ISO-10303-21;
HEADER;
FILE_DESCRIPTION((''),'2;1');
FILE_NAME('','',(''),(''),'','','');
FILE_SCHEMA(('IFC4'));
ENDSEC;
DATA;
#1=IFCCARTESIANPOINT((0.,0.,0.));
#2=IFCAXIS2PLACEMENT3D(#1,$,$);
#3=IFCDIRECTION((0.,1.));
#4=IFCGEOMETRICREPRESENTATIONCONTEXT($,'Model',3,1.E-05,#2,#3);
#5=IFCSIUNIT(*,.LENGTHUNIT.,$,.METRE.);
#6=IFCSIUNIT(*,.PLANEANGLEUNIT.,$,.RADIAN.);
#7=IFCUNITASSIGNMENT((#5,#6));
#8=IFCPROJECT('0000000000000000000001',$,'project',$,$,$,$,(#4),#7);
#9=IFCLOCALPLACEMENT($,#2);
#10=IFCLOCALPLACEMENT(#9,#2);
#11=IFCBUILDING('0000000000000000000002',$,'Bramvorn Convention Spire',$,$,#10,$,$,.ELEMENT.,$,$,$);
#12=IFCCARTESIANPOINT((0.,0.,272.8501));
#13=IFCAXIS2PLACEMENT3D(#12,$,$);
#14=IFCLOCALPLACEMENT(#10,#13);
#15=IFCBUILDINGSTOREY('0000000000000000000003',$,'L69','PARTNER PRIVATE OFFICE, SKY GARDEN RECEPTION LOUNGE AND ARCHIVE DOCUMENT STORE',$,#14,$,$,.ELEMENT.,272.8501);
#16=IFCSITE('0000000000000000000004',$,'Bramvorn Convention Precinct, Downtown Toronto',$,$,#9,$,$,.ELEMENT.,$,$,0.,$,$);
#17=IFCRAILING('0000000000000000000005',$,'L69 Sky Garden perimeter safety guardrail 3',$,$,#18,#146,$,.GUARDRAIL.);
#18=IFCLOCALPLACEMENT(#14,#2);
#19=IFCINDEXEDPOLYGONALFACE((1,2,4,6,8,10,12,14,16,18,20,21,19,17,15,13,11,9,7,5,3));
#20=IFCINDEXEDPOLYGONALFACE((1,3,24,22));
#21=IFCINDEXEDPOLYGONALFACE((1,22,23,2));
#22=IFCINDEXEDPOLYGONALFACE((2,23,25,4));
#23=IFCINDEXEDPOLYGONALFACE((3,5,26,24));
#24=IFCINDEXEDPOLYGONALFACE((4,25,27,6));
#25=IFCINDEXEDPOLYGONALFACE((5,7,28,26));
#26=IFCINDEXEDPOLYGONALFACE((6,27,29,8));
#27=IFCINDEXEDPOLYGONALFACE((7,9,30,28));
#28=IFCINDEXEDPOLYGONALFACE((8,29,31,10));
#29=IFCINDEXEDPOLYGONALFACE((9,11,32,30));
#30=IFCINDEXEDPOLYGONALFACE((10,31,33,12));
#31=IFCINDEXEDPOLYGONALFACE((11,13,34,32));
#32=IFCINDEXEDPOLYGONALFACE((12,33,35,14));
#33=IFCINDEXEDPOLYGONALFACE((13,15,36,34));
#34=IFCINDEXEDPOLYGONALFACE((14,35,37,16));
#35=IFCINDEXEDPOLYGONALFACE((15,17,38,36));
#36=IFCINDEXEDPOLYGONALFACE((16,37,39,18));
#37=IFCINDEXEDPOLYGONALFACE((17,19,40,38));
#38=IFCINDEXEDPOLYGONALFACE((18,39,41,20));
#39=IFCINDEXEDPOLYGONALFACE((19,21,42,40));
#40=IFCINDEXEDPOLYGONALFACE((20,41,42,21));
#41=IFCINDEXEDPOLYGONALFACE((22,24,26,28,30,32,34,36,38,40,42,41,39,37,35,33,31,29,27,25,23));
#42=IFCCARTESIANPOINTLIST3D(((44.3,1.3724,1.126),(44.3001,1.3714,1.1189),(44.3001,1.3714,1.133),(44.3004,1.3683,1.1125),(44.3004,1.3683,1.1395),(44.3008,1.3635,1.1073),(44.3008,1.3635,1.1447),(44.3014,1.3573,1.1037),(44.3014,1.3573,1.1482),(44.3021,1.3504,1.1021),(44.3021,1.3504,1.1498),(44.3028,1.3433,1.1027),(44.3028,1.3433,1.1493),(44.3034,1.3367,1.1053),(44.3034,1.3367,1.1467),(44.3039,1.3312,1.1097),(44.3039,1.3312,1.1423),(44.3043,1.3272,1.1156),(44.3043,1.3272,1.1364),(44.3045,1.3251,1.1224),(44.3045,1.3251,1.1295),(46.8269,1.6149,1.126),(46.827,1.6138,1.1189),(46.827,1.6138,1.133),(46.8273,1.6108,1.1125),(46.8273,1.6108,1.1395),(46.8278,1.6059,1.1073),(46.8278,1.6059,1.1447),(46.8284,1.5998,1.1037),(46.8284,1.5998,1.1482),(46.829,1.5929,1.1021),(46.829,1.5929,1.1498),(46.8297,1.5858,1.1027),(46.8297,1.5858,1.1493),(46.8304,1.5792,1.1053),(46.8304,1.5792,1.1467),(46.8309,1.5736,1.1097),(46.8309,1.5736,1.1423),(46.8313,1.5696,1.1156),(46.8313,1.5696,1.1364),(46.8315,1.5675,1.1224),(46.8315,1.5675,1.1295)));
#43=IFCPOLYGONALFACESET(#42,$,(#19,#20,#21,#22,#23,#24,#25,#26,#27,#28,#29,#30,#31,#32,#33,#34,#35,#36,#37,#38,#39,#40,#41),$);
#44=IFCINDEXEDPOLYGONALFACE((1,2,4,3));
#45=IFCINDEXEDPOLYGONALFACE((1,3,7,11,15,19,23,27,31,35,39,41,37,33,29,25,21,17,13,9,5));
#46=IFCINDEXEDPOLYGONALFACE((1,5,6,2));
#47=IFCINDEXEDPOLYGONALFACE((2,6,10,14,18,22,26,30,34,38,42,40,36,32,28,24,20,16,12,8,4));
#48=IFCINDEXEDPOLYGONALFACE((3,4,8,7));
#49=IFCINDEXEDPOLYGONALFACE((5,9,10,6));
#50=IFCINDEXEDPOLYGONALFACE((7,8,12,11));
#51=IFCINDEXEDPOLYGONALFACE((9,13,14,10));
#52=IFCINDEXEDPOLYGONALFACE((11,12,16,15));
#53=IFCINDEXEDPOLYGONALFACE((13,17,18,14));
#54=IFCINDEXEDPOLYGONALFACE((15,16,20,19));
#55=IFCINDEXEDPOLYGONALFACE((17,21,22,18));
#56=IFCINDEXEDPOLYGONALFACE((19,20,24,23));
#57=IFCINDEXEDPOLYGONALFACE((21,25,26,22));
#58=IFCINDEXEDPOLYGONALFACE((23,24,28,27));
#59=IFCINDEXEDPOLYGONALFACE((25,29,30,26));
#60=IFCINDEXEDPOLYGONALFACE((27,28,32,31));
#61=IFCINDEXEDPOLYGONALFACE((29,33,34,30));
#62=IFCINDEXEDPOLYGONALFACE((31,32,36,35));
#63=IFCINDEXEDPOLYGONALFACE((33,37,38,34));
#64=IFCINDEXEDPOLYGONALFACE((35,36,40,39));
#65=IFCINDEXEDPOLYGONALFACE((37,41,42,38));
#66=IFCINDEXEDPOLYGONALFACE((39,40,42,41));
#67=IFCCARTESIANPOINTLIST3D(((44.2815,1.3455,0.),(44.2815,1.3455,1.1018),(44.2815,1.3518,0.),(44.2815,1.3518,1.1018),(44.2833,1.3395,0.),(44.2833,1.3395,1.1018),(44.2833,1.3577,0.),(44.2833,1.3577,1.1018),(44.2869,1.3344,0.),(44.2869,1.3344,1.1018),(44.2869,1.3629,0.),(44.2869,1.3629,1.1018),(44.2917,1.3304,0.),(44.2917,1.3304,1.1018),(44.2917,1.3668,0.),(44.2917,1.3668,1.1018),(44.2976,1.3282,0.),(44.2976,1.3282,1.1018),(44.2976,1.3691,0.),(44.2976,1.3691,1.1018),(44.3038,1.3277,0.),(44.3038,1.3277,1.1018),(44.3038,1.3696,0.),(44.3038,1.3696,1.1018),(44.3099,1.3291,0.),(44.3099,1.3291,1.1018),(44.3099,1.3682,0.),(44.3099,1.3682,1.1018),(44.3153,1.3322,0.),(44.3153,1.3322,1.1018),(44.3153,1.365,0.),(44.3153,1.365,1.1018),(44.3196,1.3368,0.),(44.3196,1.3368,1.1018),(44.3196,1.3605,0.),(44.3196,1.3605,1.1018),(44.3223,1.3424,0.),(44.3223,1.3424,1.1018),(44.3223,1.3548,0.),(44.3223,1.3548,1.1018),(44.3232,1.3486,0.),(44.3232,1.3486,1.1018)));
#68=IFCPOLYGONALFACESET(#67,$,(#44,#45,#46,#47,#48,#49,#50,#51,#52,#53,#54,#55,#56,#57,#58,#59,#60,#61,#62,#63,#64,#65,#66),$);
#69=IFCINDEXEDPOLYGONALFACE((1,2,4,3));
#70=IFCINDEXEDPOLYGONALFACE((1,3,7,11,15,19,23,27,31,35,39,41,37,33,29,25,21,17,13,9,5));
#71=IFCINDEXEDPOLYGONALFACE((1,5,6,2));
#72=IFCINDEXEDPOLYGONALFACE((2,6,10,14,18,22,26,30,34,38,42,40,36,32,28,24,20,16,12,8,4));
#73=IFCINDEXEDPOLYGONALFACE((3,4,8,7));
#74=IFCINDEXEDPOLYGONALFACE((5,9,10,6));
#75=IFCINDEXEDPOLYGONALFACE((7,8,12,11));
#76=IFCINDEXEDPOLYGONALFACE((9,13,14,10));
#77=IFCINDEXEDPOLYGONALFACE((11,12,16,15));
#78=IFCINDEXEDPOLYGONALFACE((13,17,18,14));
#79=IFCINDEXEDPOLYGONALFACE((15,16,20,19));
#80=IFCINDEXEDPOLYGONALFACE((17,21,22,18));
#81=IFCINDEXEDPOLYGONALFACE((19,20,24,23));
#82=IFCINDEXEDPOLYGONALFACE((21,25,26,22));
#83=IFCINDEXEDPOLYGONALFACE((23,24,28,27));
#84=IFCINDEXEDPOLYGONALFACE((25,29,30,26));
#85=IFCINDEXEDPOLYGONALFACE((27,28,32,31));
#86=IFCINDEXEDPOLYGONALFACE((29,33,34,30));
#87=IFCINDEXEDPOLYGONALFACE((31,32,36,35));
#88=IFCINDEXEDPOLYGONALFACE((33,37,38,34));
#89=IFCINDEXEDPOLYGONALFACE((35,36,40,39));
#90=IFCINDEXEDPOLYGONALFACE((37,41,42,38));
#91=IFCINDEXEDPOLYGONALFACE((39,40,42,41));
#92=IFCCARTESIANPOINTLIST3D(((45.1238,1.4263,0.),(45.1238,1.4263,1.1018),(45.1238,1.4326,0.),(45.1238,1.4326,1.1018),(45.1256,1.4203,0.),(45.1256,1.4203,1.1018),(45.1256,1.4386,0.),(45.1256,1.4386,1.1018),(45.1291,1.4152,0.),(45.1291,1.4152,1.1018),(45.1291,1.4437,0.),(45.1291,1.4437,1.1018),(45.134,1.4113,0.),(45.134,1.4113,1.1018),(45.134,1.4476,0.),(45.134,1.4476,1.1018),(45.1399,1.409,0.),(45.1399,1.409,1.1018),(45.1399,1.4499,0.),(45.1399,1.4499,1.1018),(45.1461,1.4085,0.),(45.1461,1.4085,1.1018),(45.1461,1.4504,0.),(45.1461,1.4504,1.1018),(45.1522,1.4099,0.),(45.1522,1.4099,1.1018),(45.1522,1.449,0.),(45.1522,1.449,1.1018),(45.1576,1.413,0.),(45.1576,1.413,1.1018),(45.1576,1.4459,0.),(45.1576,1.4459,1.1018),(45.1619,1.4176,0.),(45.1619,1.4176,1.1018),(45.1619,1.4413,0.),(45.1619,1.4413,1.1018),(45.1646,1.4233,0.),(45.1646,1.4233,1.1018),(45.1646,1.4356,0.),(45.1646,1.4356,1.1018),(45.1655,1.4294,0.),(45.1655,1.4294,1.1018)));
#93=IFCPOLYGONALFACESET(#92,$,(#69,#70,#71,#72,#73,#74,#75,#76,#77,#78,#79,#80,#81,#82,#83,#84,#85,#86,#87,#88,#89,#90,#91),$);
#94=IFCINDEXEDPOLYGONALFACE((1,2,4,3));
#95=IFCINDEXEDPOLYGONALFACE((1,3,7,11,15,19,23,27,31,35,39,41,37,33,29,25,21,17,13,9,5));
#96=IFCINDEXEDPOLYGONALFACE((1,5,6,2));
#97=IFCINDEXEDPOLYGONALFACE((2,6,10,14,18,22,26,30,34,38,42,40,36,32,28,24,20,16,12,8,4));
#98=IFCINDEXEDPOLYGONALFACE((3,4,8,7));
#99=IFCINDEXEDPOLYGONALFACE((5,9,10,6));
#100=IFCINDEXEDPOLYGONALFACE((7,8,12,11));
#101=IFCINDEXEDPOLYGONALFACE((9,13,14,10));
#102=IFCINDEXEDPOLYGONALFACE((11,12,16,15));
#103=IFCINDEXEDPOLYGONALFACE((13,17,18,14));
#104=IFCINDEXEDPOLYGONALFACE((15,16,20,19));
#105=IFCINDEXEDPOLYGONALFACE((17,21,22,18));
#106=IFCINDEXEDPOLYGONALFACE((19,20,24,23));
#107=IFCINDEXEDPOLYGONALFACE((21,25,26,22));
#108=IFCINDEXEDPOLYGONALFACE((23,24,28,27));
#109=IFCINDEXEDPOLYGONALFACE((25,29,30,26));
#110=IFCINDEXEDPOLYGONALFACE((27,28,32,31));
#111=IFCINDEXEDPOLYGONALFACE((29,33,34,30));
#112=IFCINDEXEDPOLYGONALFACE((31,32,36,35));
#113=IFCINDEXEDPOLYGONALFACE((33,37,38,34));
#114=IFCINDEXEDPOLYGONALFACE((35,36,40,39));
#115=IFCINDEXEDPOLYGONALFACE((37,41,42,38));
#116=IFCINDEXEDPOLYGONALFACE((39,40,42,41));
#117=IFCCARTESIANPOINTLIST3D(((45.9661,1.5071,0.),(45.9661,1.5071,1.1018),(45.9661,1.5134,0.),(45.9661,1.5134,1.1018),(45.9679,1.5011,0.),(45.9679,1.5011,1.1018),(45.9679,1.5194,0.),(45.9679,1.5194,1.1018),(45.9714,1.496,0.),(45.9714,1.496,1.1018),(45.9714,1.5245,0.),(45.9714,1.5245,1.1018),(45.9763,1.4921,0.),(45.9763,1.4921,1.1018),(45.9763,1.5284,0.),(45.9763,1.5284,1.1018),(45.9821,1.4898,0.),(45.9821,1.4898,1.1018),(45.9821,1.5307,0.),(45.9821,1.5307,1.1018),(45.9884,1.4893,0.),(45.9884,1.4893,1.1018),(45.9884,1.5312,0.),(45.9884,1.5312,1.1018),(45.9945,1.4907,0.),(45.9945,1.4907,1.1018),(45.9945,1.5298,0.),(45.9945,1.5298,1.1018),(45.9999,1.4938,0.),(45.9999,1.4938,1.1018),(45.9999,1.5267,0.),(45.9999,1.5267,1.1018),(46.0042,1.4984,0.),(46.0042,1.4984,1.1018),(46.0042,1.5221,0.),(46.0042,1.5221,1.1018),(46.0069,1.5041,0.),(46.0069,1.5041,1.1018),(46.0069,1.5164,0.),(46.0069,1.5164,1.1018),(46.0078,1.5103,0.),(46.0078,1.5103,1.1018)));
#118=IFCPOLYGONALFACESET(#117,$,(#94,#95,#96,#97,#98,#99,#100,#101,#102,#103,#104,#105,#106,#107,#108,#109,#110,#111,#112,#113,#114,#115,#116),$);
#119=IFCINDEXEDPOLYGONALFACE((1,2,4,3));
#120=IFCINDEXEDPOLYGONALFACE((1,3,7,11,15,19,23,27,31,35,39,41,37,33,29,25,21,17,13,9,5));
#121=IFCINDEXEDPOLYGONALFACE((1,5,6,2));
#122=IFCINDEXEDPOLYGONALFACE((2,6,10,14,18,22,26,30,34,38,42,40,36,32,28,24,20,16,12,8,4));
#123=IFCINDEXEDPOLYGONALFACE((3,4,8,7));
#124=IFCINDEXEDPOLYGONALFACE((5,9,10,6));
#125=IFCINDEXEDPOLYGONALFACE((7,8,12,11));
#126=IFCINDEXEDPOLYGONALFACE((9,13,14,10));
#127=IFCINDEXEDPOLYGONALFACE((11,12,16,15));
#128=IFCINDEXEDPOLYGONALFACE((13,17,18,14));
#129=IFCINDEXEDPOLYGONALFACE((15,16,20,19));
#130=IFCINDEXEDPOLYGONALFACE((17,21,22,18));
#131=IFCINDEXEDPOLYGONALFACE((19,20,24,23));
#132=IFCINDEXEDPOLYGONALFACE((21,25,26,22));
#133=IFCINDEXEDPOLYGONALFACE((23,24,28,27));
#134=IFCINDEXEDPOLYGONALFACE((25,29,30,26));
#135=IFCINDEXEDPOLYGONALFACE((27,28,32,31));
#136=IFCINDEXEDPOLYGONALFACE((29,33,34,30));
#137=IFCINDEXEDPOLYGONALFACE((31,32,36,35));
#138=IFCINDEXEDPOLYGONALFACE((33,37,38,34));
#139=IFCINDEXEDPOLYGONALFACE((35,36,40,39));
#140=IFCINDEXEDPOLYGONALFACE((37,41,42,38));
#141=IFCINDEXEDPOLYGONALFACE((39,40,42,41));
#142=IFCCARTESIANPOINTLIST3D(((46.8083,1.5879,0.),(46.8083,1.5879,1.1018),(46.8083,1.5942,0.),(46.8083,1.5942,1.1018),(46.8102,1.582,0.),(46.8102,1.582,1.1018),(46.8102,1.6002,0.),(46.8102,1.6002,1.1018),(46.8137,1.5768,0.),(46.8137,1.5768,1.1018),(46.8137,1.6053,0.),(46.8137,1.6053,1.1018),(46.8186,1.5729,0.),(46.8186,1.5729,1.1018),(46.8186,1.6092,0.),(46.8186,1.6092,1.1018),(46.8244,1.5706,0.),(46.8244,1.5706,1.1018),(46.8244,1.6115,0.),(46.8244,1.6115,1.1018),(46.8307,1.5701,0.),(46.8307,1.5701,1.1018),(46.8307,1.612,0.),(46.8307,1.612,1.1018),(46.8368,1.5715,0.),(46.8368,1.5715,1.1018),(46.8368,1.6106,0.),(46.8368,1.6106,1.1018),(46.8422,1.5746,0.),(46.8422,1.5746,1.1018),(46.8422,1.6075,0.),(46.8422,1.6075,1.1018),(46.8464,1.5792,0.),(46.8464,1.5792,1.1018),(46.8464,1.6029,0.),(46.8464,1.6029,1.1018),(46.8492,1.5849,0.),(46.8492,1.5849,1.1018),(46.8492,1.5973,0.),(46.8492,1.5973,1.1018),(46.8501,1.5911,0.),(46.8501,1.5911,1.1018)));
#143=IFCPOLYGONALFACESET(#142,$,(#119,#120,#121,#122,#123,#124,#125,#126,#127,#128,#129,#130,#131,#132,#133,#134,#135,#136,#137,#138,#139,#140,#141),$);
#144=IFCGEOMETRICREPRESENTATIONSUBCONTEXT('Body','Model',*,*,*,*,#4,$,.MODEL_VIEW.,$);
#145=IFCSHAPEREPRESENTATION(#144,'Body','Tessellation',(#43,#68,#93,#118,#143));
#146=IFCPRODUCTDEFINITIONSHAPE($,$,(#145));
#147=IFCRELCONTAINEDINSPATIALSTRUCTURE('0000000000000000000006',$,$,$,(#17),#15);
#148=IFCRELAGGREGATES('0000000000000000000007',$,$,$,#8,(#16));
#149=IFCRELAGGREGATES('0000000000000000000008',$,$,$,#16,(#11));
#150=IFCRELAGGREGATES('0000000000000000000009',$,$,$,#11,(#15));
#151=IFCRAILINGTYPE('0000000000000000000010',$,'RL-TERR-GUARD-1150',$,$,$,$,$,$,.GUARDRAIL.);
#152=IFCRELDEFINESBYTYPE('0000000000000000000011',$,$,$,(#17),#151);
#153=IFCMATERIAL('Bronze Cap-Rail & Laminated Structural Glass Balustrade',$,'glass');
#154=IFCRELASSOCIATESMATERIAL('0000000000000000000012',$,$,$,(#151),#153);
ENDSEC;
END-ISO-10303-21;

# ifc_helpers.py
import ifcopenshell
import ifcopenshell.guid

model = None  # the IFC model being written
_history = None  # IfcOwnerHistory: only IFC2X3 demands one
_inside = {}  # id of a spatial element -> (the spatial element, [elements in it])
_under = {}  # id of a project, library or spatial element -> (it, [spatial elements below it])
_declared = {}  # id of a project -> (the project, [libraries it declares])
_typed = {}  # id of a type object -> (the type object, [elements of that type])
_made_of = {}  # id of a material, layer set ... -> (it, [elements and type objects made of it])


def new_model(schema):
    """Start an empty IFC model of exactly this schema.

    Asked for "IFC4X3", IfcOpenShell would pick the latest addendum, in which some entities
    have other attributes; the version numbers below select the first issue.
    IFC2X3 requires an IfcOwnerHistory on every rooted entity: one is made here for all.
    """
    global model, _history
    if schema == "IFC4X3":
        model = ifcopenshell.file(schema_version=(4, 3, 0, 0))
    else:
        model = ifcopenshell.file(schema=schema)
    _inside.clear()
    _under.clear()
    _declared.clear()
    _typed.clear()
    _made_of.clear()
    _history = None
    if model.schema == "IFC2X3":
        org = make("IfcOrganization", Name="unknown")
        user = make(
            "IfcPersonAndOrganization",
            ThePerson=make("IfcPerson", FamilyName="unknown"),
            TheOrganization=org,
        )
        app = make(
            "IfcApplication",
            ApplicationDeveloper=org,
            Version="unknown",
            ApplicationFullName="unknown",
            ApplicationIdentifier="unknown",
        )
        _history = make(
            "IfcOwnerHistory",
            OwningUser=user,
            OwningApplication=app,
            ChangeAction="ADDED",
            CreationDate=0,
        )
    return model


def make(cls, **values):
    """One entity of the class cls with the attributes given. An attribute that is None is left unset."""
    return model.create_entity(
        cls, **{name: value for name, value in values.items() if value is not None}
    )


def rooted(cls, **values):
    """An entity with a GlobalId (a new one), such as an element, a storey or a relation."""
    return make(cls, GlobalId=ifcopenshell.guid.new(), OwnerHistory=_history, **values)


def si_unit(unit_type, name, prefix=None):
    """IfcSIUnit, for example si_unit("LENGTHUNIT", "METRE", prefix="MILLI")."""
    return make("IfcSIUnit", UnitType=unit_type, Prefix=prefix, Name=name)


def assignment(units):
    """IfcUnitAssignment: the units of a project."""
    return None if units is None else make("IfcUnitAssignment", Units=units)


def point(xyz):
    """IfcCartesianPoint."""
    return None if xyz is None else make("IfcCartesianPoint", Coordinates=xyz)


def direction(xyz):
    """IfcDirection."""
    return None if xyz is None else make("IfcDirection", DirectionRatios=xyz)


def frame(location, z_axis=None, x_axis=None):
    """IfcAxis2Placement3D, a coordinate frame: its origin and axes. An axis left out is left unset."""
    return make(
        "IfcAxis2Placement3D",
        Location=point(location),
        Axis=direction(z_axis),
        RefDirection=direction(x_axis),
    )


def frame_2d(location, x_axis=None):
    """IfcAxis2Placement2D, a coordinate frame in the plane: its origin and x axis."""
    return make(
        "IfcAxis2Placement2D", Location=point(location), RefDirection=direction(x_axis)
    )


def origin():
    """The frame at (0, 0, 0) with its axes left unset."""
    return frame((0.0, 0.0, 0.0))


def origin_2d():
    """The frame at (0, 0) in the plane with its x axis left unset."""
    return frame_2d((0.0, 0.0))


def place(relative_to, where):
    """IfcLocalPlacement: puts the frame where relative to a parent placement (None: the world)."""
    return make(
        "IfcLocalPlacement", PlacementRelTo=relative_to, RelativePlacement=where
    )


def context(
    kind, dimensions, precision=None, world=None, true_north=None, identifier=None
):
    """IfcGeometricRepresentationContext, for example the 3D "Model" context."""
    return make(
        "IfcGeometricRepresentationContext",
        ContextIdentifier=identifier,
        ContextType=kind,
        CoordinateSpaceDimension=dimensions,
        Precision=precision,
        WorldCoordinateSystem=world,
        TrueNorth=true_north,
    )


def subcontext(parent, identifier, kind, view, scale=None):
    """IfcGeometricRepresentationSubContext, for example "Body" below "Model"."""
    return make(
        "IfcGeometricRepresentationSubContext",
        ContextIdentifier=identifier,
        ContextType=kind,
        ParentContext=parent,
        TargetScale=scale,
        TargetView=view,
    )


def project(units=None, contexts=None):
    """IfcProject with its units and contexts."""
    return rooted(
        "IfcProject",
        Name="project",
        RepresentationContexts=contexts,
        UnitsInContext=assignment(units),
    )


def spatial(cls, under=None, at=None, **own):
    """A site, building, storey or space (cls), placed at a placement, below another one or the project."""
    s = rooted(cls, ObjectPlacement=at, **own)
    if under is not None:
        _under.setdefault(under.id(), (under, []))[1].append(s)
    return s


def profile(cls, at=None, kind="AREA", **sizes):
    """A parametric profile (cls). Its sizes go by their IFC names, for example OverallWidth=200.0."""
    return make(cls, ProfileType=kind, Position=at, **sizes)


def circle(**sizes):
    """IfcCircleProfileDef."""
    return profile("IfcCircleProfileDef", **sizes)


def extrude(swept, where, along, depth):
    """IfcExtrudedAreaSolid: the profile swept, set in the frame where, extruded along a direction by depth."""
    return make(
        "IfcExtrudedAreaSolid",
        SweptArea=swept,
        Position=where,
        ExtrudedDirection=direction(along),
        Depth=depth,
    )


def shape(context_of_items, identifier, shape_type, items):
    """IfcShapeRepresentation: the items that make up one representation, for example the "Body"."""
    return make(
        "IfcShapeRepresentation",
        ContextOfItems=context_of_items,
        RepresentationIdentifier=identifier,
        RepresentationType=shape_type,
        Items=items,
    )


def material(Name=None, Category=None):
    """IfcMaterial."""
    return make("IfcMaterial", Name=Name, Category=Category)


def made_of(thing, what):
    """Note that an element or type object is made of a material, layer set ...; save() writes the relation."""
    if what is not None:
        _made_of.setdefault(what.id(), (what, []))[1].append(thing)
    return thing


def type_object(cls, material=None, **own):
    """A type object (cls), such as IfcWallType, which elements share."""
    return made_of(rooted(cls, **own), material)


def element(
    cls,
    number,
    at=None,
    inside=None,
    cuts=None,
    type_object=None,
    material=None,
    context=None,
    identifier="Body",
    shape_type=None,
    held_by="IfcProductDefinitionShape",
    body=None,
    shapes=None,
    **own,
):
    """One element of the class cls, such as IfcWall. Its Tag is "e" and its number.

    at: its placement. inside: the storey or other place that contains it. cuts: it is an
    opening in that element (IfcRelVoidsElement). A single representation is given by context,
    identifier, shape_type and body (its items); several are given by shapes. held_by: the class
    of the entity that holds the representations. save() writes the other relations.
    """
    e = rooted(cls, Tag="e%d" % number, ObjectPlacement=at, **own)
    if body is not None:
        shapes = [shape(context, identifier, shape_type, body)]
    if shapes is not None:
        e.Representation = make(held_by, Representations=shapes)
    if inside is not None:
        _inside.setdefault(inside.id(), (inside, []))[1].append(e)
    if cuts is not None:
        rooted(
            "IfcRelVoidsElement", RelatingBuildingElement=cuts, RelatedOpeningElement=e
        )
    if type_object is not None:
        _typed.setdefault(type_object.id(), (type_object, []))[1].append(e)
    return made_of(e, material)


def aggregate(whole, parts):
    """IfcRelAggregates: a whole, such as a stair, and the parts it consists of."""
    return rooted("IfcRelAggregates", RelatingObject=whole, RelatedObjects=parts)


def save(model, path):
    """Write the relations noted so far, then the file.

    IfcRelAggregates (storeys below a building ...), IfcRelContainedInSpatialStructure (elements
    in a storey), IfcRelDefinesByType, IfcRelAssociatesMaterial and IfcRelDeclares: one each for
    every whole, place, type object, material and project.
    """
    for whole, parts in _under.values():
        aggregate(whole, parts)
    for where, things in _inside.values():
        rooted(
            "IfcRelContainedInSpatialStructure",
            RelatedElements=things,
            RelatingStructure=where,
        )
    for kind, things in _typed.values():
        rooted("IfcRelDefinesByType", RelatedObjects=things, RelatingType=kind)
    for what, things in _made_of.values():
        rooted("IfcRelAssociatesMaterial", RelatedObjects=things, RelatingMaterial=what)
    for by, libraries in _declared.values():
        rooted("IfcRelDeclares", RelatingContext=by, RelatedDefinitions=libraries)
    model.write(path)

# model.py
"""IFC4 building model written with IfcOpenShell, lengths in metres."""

from ifc_helpers import new_model, si_unit, direction, frame, origin, origin_2d, place, context, subcontext, project, spatial, circle, extrude, material, type_object, element, save


model = new_model("IFC4")

# Units and contexts
model_context = context("Model", 3, precision=1e-05, world=origin(), true_north=direction((0.0, 1.0)))
body_context = subcontext(model_context, "Body", "Model", "MODEL_VIEW")
ifc_project = project(units=[si_unit("LENGTHUNIT", "METRE"), si_unit("PLANEANGLEUNIT", "RADIAN")], contexts=[model_context])

# Site, building, storey
site_placement = place(None, origin())
site = spatial("IfcSite", under=ifc_project, at=site_placement, Name="Bramvorn Convention Precinct, Downtown Toronto", CompositionType="ELEMENT", RefElevation=0.0)
building_placement = place(site_placement, origin())
building = spatial("IfcBuilding", under=site, at=building_placement, Name="Bramvorn Convention Spire", CompositionType="ELEMENT")
storey_placement = place(building_placement, frame((0.0, 0.0, 272.8501)))
storey = spatial("IfcBuildingStorey", under=building, at=storey_placement, Name="L69", Description="PARTNER PRIVATE OFFICE, SKY GARDEN RECEPTION LOUNGE AND ARCHIVE DOCUMENT STORE", CompositionType="ELEMENT", Elevation=272.8501)

# Railing
ifc_material_1 = material(Name="Bronze Cap-Rail & Laminated Structural Glass Balustrade", Category="glass")
railing_type = type_object("IfcRailingType", Name="RL-TERR-GUARD-1150", PredefinedType="GUARDRAIL", material=ifc_material_1)
railing_1_placement = place(storey_placement, frame((44.3022, 1.3486, 0.0)))
element("IfcRailing", 1, at=railing_1_placement, inside=storey, type_object=railing_type, Name="L69 Sky Garden perimeter safety guardrail 3", PredefinedType="GUARDRAIL", context=body_context, shape_type="SweptSolid", body=[
    extrude(circle(Radius=0.0239, at=origin_2d()), frame((0.0, 0.0, 1.126), z_axis=(0.995429, 0.095503, 0.0), x_axis=(-0.095503, 0.995429, 0.0)), (0.0, 0.0, 1.0), 2.5386),
    extrude(circle(Radius=0.021, at=origin_2d()), origin(), (0.0, 0.0, 1.0), 1.1018),
    extrude(circle(Radius=0.021, at=origin_2d()), frame((0.8423, 0.0808, 0.0)), (0.0, 0.0, 1.0), 1.1018),
    extrude(circle(Radius=0.021, at=origin_2d()), frame((1.6846, 0.1616, 0.0)), (0.0, 0.0, 1.0), 1.1018),
    extrude(circle(Radius=0.021, at=origin_2d()), frame((2.5269, 0.2424, 0.0)), (0.0, 0.0, 1.0), 1.1018),
])

save(model, "model.ifc")
